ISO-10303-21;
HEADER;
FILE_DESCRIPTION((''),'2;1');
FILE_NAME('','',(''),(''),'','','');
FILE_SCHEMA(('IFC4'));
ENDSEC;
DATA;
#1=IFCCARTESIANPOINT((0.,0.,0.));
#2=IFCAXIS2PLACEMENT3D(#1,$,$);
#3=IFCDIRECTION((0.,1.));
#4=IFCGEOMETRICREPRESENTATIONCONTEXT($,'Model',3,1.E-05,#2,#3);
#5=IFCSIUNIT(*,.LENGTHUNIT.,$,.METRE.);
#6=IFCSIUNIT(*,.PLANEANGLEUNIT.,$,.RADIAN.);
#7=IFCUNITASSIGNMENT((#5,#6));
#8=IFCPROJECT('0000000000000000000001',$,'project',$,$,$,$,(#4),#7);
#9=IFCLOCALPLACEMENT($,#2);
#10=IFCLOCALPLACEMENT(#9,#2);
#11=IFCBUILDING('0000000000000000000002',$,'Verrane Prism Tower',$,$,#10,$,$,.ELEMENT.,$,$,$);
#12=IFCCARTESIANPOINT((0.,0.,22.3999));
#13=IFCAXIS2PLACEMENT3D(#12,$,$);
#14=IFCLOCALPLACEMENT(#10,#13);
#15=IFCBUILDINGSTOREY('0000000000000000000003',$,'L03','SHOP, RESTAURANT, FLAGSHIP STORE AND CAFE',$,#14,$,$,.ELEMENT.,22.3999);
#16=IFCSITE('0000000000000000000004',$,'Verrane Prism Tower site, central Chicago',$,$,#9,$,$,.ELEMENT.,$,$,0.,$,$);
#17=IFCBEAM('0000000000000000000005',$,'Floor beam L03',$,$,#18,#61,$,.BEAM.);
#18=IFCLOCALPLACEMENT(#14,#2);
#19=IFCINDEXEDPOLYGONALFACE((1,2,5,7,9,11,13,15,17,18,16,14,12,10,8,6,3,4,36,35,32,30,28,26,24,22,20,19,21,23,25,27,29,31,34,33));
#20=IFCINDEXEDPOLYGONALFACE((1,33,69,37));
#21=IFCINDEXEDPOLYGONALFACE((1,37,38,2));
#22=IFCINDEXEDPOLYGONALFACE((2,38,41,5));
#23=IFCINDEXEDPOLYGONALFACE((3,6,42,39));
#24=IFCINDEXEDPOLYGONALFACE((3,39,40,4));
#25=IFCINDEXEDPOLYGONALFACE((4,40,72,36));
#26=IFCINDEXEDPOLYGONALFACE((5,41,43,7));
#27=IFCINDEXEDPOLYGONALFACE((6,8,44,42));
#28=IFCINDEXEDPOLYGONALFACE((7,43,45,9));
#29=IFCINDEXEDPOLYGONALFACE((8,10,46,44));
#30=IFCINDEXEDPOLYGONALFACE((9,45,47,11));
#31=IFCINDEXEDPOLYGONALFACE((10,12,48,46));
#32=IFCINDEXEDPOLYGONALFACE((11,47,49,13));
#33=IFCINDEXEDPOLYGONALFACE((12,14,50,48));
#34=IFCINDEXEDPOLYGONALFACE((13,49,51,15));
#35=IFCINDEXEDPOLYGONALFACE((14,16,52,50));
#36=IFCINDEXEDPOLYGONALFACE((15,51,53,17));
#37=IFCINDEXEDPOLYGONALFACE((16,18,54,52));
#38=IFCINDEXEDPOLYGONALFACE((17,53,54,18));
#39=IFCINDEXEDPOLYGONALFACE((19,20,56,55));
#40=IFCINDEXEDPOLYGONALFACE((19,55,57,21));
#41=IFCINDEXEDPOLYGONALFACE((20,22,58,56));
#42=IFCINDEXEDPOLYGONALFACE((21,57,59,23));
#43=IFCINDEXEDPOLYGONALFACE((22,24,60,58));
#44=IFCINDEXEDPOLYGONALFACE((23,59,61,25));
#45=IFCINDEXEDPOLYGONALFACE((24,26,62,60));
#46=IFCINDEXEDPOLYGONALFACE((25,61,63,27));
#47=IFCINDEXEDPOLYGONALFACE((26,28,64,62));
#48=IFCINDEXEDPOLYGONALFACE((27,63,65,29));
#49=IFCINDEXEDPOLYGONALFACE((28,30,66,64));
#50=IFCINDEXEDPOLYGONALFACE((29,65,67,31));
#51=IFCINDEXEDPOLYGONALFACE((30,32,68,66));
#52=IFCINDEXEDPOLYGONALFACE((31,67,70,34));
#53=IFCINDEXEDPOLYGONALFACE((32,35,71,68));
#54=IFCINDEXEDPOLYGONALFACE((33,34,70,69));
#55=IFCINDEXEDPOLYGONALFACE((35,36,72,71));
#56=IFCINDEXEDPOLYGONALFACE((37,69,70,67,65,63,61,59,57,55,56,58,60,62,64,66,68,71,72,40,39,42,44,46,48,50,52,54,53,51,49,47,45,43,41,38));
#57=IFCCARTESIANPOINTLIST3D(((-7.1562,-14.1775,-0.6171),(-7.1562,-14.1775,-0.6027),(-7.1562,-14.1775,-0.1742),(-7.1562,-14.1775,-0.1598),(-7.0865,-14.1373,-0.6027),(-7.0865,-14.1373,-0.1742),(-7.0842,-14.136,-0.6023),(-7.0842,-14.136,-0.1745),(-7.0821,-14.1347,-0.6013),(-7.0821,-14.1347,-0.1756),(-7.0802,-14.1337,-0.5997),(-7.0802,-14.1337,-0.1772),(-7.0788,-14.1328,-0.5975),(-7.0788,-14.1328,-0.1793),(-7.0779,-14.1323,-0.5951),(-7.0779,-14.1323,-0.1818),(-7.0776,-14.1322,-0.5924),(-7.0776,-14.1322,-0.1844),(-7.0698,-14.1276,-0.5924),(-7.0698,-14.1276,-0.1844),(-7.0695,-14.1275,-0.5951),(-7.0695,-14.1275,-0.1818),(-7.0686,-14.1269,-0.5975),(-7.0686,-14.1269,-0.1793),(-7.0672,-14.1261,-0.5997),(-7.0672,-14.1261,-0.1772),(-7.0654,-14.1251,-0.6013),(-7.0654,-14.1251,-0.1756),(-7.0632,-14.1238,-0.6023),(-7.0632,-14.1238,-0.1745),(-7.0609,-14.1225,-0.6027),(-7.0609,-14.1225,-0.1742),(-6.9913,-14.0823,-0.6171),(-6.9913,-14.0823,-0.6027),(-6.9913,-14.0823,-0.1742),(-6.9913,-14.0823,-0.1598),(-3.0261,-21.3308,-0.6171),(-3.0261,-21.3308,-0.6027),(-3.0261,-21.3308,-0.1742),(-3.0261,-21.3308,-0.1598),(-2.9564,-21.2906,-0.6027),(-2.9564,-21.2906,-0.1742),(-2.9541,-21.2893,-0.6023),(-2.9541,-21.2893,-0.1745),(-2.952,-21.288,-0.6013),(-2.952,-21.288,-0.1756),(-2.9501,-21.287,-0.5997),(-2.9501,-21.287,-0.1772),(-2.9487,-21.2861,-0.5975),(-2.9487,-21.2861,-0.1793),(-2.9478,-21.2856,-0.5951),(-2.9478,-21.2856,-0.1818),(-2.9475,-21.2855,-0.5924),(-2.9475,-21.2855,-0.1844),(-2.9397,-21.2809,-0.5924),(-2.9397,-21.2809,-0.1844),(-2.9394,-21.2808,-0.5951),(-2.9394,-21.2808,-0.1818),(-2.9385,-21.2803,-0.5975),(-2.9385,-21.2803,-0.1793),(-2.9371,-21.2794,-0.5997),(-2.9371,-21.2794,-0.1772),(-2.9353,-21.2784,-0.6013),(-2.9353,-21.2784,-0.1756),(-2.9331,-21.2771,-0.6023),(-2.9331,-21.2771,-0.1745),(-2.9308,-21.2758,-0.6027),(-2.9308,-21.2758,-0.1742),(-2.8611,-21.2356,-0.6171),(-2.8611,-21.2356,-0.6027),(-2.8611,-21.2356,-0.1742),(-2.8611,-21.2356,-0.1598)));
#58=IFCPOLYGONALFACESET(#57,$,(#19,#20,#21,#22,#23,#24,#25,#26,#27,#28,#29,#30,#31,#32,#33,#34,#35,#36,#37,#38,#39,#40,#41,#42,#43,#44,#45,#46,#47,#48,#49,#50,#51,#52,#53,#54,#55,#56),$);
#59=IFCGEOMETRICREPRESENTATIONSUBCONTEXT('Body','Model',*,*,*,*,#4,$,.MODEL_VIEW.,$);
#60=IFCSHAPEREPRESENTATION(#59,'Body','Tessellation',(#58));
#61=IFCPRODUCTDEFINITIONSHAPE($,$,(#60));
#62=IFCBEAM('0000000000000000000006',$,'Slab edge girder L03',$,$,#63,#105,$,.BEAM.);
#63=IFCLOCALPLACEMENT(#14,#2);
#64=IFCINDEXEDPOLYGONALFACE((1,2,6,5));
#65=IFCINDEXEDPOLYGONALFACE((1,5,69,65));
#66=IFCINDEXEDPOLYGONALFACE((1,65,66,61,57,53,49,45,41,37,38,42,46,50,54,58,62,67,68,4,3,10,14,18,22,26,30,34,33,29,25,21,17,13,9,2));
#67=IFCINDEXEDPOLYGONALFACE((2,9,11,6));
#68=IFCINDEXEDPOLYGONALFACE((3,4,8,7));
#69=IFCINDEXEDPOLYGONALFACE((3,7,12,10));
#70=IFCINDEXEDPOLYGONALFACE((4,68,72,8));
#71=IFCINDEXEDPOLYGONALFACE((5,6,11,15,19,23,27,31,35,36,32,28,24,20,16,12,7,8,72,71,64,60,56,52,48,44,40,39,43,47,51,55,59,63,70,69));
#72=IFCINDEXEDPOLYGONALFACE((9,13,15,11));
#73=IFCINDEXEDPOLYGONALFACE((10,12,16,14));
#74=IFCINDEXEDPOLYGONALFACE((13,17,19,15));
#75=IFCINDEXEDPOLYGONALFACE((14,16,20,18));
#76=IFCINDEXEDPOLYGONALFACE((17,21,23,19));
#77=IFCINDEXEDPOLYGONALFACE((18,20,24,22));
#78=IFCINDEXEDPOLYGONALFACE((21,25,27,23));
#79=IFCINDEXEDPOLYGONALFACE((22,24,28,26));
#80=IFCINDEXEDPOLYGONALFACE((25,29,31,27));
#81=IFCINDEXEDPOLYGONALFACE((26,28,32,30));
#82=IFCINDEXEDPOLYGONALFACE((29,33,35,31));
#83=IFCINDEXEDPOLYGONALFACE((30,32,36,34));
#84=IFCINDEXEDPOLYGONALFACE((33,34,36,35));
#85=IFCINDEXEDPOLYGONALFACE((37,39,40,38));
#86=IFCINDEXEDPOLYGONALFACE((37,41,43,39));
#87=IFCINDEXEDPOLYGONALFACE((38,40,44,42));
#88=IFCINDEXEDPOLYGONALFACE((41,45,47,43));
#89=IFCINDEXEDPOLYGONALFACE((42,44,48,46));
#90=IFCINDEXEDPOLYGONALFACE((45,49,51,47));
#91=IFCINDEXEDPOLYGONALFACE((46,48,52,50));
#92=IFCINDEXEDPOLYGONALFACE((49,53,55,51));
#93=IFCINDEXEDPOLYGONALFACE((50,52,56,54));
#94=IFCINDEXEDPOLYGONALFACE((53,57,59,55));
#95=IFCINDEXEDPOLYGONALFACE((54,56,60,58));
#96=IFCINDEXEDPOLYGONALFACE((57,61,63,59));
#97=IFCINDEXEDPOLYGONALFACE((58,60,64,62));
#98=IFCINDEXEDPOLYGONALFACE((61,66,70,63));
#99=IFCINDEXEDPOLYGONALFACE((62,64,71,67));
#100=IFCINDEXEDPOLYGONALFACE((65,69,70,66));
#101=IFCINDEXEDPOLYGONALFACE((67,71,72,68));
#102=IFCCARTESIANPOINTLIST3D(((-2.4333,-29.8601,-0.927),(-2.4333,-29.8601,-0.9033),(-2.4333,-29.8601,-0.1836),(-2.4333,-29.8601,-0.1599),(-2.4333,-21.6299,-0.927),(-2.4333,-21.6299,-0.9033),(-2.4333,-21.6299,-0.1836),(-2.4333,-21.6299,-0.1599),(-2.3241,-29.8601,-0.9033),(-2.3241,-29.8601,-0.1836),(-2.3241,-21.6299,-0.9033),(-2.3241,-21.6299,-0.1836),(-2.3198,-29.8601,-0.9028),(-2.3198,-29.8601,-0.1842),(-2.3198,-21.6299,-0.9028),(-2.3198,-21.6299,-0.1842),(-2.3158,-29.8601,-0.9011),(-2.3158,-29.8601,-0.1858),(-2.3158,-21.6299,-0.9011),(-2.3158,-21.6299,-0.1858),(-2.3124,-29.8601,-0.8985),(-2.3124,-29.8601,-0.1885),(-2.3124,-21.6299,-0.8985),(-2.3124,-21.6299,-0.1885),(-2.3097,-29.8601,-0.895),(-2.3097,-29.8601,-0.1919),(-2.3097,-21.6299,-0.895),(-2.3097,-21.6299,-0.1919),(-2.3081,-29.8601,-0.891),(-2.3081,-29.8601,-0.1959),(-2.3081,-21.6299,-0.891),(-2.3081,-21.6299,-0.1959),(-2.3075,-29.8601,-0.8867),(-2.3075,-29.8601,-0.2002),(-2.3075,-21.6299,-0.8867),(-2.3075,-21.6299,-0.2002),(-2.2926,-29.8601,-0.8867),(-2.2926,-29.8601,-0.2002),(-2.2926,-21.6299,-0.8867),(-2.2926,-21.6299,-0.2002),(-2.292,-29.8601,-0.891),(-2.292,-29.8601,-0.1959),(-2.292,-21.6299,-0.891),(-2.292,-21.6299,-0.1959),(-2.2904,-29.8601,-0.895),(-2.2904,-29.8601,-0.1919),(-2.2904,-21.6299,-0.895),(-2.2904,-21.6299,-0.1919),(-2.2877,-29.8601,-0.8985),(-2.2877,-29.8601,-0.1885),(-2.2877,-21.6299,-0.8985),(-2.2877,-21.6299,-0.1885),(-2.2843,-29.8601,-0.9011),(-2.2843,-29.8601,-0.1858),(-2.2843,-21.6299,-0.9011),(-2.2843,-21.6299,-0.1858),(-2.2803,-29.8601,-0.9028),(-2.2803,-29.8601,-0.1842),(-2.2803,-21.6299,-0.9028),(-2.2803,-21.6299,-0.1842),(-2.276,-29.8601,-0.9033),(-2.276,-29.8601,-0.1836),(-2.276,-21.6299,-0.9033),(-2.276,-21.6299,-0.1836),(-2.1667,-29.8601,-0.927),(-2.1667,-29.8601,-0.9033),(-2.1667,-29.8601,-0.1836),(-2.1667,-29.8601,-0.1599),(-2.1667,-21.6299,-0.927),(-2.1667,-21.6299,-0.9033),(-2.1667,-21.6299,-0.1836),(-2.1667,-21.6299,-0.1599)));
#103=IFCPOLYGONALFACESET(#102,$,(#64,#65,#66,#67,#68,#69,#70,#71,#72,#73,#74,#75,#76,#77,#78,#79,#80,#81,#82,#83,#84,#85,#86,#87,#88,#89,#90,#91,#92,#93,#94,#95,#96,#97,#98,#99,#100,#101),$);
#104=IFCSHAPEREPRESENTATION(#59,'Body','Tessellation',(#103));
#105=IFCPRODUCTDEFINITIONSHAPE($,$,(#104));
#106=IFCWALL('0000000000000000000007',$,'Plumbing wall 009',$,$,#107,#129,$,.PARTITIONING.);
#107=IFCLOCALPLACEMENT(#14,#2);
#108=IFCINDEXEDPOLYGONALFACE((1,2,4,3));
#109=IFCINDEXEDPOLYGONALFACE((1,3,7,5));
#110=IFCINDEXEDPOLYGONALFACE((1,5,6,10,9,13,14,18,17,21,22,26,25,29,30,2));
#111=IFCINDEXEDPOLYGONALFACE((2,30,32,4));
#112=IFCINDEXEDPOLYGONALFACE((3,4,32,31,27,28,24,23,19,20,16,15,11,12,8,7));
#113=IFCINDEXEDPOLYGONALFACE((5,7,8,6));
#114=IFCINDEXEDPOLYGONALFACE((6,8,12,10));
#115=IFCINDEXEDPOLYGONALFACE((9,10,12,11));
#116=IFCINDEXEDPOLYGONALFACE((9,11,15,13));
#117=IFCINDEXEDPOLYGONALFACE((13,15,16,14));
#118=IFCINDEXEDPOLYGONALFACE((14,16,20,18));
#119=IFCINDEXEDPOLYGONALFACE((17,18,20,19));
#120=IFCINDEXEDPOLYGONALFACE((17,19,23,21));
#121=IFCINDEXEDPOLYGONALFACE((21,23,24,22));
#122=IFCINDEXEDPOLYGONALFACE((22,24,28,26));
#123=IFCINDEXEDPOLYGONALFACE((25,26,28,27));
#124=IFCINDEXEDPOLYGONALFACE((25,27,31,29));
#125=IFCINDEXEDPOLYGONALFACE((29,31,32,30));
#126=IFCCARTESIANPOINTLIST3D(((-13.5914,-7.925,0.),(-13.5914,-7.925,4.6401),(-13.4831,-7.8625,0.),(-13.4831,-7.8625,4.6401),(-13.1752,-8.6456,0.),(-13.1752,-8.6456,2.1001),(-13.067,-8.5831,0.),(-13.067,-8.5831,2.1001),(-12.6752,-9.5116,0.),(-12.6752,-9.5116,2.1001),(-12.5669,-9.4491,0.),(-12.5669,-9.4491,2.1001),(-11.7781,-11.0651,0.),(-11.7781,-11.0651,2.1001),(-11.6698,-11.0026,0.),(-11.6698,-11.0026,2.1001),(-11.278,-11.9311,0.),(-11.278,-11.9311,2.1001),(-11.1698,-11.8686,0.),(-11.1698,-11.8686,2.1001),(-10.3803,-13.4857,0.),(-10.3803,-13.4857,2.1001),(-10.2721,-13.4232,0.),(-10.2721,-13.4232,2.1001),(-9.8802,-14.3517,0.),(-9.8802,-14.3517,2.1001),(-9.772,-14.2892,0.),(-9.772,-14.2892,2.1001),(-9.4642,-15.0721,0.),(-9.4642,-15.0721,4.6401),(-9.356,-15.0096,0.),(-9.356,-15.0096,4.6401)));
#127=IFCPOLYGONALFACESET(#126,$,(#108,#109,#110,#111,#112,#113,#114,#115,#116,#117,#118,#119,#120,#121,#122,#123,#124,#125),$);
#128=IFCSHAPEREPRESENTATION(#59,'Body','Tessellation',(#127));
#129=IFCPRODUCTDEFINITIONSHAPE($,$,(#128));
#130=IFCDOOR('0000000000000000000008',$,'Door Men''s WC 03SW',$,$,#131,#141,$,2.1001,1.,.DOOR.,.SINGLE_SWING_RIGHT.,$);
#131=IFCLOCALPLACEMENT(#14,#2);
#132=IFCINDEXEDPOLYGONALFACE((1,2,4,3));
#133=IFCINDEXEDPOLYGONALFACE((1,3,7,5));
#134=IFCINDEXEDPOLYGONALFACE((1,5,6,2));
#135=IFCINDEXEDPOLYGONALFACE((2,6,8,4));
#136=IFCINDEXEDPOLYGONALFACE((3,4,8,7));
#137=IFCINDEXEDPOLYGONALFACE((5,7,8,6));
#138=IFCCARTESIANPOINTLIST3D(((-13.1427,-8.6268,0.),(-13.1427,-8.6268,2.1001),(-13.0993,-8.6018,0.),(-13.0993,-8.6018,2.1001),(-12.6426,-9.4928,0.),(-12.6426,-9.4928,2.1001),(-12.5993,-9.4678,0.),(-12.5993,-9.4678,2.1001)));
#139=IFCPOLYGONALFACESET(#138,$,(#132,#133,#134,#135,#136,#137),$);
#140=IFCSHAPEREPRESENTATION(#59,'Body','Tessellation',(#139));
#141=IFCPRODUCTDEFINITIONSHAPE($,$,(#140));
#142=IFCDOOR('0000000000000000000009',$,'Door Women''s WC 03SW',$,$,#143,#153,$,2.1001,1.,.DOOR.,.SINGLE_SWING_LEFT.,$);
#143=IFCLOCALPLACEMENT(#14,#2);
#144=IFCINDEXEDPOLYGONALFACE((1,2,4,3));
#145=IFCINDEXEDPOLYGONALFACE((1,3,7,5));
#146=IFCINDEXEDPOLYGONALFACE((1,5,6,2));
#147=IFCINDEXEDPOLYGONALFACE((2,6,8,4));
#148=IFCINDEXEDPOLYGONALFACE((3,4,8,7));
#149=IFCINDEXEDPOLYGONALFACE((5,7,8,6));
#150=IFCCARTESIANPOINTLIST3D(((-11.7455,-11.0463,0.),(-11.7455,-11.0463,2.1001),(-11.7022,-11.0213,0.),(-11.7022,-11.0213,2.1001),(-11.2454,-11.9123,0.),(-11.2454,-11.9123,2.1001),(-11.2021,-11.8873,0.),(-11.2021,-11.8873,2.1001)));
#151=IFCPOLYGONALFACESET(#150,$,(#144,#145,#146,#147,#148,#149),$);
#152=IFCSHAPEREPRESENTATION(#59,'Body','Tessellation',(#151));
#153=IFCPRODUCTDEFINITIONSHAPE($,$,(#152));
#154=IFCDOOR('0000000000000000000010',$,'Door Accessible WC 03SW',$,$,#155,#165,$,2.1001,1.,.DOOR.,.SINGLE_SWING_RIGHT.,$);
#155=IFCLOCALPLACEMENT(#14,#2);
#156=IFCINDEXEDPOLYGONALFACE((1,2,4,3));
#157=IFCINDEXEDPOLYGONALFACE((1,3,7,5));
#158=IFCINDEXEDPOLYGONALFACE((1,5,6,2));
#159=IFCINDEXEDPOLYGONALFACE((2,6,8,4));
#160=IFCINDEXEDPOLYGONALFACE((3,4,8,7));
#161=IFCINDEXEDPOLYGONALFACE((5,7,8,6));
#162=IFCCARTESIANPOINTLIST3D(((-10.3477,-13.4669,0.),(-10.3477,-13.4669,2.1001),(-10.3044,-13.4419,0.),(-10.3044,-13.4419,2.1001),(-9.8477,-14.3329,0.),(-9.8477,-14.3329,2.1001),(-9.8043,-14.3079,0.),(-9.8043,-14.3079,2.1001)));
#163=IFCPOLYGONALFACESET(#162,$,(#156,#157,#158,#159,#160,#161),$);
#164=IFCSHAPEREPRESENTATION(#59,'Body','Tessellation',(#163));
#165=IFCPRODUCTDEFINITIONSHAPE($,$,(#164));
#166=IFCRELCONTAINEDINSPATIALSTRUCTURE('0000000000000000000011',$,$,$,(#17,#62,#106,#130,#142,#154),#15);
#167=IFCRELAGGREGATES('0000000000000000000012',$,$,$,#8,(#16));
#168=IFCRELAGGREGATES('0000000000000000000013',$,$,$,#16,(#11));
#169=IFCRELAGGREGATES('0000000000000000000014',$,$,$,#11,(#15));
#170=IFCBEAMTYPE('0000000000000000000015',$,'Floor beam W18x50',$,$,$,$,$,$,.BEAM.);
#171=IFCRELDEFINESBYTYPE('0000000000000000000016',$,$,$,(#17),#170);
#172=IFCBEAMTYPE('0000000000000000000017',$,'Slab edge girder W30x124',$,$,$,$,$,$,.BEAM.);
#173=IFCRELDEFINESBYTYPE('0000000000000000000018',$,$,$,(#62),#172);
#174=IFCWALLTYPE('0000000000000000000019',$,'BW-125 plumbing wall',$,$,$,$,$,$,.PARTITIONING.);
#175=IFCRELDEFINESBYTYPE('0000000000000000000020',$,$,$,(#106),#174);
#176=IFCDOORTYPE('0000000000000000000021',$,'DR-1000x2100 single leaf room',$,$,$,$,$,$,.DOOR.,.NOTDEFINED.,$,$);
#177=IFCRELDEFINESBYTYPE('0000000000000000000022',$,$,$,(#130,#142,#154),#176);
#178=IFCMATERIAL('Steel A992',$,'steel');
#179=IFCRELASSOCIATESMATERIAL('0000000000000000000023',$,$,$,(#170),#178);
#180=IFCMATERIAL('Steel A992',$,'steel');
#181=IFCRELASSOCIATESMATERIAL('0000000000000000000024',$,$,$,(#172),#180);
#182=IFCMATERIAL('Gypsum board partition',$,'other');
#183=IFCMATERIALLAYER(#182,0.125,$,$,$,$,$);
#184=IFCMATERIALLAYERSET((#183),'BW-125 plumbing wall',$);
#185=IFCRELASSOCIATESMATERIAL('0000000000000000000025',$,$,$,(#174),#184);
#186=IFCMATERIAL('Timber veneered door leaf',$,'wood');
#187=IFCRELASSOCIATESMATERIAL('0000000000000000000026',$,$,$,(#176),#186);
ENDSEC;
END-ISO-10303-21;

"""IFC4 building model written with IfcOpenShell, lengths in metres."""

from ifc_helpers import new_model, si_unit, direction, frame, frame_2d, origin, origin_2d, place, context, subcontext, project, spatial, rectangle, i_section, extrude, material, layer, layer_set, material_profile, profile_set, type_object, element, fill, save


model = new_model("IFC4")

# Units and contexts
model_context = context("Model", 3, precision=1e-05, world=origin(), true_north=direction((0.0, 1.0)))
body_context = subcontext(model_context, "Body", "Model", "MODEL_VIEW")
ifc_project = project(units=[si_unit("LENGTHUNIT", "METRE"), si_unit("PLANEANGLEUNIT", "RADIAN")], contexts=[model_context])

# Site, building, storey
site_placement = place(None, origin())
site = spatial("IfcSite", under=ifc_project, at=site_placement, Name="Verrane Prism Tower site, central Chicago", CompositionType="ELEMENT", RefElevation=0.0)
building_placement = place(site_placement, origin())
building = spatial("IfcBuilding", under=site, at=building_placement, Name="Verrane Prism Tower", CompositionType="ELEMENT")
storey_placement = place(building_placement, frame((0.0, 0.0, 22.3999)))
storey = spatial("IfcBuildingStorey", under=building, at=storey_placement, Name="L03", Description="SHOP, RESTAURANT, FLAGSHIP STORE AND CAFE", CompositionType="ELEMENT", Elevation=22.3999)

# Beams
ifc_material_1 = material(Name="Steel A992", Category="steel")
ifc_material_profile_1 = material_profile(ifc_material_1, i_section(OverallWidth=0.1904, OverallDepth=0.4573, WebThickness=0.009, FlangeThickness=0.0144, FilletRadius=0.0103, at=origin_2d()), Name="W18x50")
ifc_profile_set_1 = profile_set([ifc_material_profile_1], Name="Steel A992")
beam_type_1 = type_object("IfcBeamType", Name="Floor beam W18x50", PredefinedType="BEAM", material=ifc_profile_set_1)
beam_1_placement = place(storey_placement, frame((-2.9436, -21.2832, -0.3884), z_axis=(-0.500014, 0.866017, 0.0), x_axis=(-0.866017, -0.500014, 0.0)))
element("IfcBeam", 1, at=beam_1_placement, inside=storey, type_object=beam_type_1, Name="Floor beam L03", PredefinedType="BEAM", context=body_context, shape_type="SweptSolid", body=[
    extrude(i_section(OverallWidth=0.1904, OverallDepth=0.4573, WebThickness=0.009, FlangeThickness=0.0144, FilletRadius=0.0103, at=origin_2d()), origin(), (0.0, 0.0, 1.0), 8.26),
])
ifc_material_2 = material(Name="Steel A992", Category="steel")
ifc_material_profile_2 = material_profile(ifc_material_2, i_section(OverallWidth=0.2666, OverallDepth=0.7671, WebThickness=0.0149, FlangeThickness=0.0237, FilletRadius=0.0166, at=origin_2d()), Name="W30x124")
ifc_profile_set_2 = profile_set([ifc_material_profile_2], Name="Steel A992")
beam_type_2 = type_object("IfcBeamType", Name="Slab edge girder W30x124", PredefinedType="BEAM", material=ifc_profile_set_2)
beam_2_placement = place(storey_placement, frame((-2.3, -21.6299, -0.5435), z_axis=(0.0, -1.0, 0.0), x_axis=(1.0, 0.0, 0.0)))
element("IfcBeam", 2, at=beam_2_placement, inside=storey, type_object=beam_type_2, Name="Slab edge girder L03", PredefinedType="BEAM", context=body_context, shape_type="SweptSolid", body=[
    extrude(i_section(OverallWidth=0.2666, OverallDepth=0.7671, WebThickness=0.0149, FlangeThickness=0.0237, FilletRadius=0.0166, at=origin_2d()), origin(), (0.0, 0.0, 1.0), 8.2302),
])

# Wall, openings, doors
ifc_material_3 = material(Name="Gypsum board partition", Category="other")
ifc_layer_1 = layer(ifc_material_3, 0.125)
ifc_layer_set_1 = layer_set([ifc_layer_1], Name="BW-125 plumbing wall")
wall_type_1 = type_object("IfcWallType", Name="BW-125 plumbing wall", PredefinedType="PARTITIONING", material=ifc_layer_set_1)
wall_1_placement = place(storey_placement, frame((-9.4102, -15.0408, 0.0), z_axis=(0.0, 0.0, 1.0), x_axis=(-0.500068, 0.865986, 0.0)))
wall_1 = element("IfcWall", 3, at=wall_1_placement, inside=storey, type_object=wall_type_1, Name="Plumbing wall 009", PredefinedType="PARTITIONING", context=body_context, shape_type="SweptSolid", body=[
    extrude(rectangle(XDim=8.2532, YDim=0.125, at=frame_2d((4.1265, 0.0))), origin(), (0.0, 0.0, 1.0), 4.6401),
])
opening_1_placement = place(wall_1_placement, frame((6.4209, 0.0, 0.0)))
opening_1 = element("IfcOpeningElement", 4, at=opening_1_placement, cuts=wall_1, PredefinedType="OPENING", context=body_context, shape_type="SweptSolid", body=[
    extrude(rectangle(XDim=1.0, YDim=2.1001, at=frame_2d((0.5, 1.05))), frame((0.0, 0.0725, 0.0), z_axis=(0.0, -1.0, 0.0), x_axis=(1.0, 0.0, 0.0)), (0.0, 0.0, 1.0), 0.145),
])
opening_2_placement = place(wall_1_placement, frame((3.627, 0.0, 0.0)))
opening_2 = element("IfcOpeningElement", 5, at=opening_2_placement, cuts=wall_1, PredefinedType="OPENING", context=body_context, shape_type="SweptSolid", body=[
    extrude(rectangle(XDim=1.0, YDim=2.1001, at=frame_2d((0.5, 1.05))), frame((0.0, 0.0725, 0.0), z_axis=(0.0, -1.0, 0.0), x_axis=(1.0, 0.0, 0.0)), (0.0, 0.0, 1.0), 0.145),
])
opening_3_placement = place(wall_1_placement, frame((0.8318, 0.0, 0.0)))
opening_3 = element("IfcOpeningElement", 6, at=opening_3_placement, cuts=wall_1, PredefinedType="OPENING", context=body_context, shape_type="SweptSolid", body=[
    extrude(rectangle(XDim=1.0, YDim=2.1001, at=frame_2d((0.5, 1.05))), frame((0.0, 0.0725, 0.0), z_axis=(0.0, -1.0, 0.0), x_axis=(1.0, 0.0, 0.0)), (0.0, 0.0, 1.0), 0.145),
])
ifc_material_4 = material(Name="Timber veneered door leaf", Category="wood")
door_type_1 = type_object("IfcDoorType", Name="DR-1000x2100 single leaf room", OperationType="NOTDEFINED", PredefinedType="DOOR", material=ifc_material_4)
door_1_placement = place(opening_1_placement, origin())
door_1 = element("IfcDoor", 7, at=door_1_placement, inside=storey, type_object=door_type_1, Name="Door Men's WC 03SW", OperationType="SINGLE_SWING_RIGHT", OverallHeight=2.1001, OverallWidth=1.0, PredefinedType="DOOR", context=body_context, shape_type="SweptSolid", body=[
    extrude(rectangle(XDim=1.0, YDim=2.1001, at=frame_2d((0.5, 1.05))), frame((0.0, 0.0249, 0.0), z_axis=(0.0, -1.0, 0.0), x_axis=(1.0, 0.0, 0.0)), (0.0, 0.0, 1.0), 0.05),
])
fill(opening_1, door_1)
door_2_placement = place(opening_2_placement, origin())
door_2 = element("IfcDoor", 8, at=door_2_placement, inside=storey, type_object=door_type_1, Name="Door Women's WC 03SW", OperationType="SINGLE_SWING_LEFT", OverallHeight=2.1001, OverallWidth=1.0, PredefinedType="DOOR", context=body_context, shape_type="SweptSolid", body=[
    extrude(rectangle(XDim=1.0, YDim=2.1001, at=frame_2d((0.5, 1.05))), frame((0.0, 0.0249, 0.0), z_axis=(0.0, -1.0, 0.0), x_axis=(1.0, 0.0, 0.0)), (0.0, 0.0, 1.0), 0.05),
])
fill(opening_2, door_2)
door_3_placement = place(opening_3_placement, origin())
door_3 = element("IfcDoor", 9, at=door_3_placement, inside=storey, type_object=door_type_1, Name="Door Accessible WC 03SW", OperationType="SINGLE_SWING_RIGHT", OverallHeight=2.1001, OverallWidth=1.0, PredefinedType="DOOR", context=body_context, shape_type="SweptSolid", body=[
    extrude(rectangle(XDim=1.0, YDim=2.1001, at=frame_2d((0.5, 1.05))), frame((0.0, 0.0249, 0.0), z_axis=(0.0, -1.0, 0.0), x_axis=(1.0, 0.0, 0.0)), (0.0, 0.0, 1.0), 0.05),
])
fill(opening_3, door_3)

save(model, "model.ifc")
